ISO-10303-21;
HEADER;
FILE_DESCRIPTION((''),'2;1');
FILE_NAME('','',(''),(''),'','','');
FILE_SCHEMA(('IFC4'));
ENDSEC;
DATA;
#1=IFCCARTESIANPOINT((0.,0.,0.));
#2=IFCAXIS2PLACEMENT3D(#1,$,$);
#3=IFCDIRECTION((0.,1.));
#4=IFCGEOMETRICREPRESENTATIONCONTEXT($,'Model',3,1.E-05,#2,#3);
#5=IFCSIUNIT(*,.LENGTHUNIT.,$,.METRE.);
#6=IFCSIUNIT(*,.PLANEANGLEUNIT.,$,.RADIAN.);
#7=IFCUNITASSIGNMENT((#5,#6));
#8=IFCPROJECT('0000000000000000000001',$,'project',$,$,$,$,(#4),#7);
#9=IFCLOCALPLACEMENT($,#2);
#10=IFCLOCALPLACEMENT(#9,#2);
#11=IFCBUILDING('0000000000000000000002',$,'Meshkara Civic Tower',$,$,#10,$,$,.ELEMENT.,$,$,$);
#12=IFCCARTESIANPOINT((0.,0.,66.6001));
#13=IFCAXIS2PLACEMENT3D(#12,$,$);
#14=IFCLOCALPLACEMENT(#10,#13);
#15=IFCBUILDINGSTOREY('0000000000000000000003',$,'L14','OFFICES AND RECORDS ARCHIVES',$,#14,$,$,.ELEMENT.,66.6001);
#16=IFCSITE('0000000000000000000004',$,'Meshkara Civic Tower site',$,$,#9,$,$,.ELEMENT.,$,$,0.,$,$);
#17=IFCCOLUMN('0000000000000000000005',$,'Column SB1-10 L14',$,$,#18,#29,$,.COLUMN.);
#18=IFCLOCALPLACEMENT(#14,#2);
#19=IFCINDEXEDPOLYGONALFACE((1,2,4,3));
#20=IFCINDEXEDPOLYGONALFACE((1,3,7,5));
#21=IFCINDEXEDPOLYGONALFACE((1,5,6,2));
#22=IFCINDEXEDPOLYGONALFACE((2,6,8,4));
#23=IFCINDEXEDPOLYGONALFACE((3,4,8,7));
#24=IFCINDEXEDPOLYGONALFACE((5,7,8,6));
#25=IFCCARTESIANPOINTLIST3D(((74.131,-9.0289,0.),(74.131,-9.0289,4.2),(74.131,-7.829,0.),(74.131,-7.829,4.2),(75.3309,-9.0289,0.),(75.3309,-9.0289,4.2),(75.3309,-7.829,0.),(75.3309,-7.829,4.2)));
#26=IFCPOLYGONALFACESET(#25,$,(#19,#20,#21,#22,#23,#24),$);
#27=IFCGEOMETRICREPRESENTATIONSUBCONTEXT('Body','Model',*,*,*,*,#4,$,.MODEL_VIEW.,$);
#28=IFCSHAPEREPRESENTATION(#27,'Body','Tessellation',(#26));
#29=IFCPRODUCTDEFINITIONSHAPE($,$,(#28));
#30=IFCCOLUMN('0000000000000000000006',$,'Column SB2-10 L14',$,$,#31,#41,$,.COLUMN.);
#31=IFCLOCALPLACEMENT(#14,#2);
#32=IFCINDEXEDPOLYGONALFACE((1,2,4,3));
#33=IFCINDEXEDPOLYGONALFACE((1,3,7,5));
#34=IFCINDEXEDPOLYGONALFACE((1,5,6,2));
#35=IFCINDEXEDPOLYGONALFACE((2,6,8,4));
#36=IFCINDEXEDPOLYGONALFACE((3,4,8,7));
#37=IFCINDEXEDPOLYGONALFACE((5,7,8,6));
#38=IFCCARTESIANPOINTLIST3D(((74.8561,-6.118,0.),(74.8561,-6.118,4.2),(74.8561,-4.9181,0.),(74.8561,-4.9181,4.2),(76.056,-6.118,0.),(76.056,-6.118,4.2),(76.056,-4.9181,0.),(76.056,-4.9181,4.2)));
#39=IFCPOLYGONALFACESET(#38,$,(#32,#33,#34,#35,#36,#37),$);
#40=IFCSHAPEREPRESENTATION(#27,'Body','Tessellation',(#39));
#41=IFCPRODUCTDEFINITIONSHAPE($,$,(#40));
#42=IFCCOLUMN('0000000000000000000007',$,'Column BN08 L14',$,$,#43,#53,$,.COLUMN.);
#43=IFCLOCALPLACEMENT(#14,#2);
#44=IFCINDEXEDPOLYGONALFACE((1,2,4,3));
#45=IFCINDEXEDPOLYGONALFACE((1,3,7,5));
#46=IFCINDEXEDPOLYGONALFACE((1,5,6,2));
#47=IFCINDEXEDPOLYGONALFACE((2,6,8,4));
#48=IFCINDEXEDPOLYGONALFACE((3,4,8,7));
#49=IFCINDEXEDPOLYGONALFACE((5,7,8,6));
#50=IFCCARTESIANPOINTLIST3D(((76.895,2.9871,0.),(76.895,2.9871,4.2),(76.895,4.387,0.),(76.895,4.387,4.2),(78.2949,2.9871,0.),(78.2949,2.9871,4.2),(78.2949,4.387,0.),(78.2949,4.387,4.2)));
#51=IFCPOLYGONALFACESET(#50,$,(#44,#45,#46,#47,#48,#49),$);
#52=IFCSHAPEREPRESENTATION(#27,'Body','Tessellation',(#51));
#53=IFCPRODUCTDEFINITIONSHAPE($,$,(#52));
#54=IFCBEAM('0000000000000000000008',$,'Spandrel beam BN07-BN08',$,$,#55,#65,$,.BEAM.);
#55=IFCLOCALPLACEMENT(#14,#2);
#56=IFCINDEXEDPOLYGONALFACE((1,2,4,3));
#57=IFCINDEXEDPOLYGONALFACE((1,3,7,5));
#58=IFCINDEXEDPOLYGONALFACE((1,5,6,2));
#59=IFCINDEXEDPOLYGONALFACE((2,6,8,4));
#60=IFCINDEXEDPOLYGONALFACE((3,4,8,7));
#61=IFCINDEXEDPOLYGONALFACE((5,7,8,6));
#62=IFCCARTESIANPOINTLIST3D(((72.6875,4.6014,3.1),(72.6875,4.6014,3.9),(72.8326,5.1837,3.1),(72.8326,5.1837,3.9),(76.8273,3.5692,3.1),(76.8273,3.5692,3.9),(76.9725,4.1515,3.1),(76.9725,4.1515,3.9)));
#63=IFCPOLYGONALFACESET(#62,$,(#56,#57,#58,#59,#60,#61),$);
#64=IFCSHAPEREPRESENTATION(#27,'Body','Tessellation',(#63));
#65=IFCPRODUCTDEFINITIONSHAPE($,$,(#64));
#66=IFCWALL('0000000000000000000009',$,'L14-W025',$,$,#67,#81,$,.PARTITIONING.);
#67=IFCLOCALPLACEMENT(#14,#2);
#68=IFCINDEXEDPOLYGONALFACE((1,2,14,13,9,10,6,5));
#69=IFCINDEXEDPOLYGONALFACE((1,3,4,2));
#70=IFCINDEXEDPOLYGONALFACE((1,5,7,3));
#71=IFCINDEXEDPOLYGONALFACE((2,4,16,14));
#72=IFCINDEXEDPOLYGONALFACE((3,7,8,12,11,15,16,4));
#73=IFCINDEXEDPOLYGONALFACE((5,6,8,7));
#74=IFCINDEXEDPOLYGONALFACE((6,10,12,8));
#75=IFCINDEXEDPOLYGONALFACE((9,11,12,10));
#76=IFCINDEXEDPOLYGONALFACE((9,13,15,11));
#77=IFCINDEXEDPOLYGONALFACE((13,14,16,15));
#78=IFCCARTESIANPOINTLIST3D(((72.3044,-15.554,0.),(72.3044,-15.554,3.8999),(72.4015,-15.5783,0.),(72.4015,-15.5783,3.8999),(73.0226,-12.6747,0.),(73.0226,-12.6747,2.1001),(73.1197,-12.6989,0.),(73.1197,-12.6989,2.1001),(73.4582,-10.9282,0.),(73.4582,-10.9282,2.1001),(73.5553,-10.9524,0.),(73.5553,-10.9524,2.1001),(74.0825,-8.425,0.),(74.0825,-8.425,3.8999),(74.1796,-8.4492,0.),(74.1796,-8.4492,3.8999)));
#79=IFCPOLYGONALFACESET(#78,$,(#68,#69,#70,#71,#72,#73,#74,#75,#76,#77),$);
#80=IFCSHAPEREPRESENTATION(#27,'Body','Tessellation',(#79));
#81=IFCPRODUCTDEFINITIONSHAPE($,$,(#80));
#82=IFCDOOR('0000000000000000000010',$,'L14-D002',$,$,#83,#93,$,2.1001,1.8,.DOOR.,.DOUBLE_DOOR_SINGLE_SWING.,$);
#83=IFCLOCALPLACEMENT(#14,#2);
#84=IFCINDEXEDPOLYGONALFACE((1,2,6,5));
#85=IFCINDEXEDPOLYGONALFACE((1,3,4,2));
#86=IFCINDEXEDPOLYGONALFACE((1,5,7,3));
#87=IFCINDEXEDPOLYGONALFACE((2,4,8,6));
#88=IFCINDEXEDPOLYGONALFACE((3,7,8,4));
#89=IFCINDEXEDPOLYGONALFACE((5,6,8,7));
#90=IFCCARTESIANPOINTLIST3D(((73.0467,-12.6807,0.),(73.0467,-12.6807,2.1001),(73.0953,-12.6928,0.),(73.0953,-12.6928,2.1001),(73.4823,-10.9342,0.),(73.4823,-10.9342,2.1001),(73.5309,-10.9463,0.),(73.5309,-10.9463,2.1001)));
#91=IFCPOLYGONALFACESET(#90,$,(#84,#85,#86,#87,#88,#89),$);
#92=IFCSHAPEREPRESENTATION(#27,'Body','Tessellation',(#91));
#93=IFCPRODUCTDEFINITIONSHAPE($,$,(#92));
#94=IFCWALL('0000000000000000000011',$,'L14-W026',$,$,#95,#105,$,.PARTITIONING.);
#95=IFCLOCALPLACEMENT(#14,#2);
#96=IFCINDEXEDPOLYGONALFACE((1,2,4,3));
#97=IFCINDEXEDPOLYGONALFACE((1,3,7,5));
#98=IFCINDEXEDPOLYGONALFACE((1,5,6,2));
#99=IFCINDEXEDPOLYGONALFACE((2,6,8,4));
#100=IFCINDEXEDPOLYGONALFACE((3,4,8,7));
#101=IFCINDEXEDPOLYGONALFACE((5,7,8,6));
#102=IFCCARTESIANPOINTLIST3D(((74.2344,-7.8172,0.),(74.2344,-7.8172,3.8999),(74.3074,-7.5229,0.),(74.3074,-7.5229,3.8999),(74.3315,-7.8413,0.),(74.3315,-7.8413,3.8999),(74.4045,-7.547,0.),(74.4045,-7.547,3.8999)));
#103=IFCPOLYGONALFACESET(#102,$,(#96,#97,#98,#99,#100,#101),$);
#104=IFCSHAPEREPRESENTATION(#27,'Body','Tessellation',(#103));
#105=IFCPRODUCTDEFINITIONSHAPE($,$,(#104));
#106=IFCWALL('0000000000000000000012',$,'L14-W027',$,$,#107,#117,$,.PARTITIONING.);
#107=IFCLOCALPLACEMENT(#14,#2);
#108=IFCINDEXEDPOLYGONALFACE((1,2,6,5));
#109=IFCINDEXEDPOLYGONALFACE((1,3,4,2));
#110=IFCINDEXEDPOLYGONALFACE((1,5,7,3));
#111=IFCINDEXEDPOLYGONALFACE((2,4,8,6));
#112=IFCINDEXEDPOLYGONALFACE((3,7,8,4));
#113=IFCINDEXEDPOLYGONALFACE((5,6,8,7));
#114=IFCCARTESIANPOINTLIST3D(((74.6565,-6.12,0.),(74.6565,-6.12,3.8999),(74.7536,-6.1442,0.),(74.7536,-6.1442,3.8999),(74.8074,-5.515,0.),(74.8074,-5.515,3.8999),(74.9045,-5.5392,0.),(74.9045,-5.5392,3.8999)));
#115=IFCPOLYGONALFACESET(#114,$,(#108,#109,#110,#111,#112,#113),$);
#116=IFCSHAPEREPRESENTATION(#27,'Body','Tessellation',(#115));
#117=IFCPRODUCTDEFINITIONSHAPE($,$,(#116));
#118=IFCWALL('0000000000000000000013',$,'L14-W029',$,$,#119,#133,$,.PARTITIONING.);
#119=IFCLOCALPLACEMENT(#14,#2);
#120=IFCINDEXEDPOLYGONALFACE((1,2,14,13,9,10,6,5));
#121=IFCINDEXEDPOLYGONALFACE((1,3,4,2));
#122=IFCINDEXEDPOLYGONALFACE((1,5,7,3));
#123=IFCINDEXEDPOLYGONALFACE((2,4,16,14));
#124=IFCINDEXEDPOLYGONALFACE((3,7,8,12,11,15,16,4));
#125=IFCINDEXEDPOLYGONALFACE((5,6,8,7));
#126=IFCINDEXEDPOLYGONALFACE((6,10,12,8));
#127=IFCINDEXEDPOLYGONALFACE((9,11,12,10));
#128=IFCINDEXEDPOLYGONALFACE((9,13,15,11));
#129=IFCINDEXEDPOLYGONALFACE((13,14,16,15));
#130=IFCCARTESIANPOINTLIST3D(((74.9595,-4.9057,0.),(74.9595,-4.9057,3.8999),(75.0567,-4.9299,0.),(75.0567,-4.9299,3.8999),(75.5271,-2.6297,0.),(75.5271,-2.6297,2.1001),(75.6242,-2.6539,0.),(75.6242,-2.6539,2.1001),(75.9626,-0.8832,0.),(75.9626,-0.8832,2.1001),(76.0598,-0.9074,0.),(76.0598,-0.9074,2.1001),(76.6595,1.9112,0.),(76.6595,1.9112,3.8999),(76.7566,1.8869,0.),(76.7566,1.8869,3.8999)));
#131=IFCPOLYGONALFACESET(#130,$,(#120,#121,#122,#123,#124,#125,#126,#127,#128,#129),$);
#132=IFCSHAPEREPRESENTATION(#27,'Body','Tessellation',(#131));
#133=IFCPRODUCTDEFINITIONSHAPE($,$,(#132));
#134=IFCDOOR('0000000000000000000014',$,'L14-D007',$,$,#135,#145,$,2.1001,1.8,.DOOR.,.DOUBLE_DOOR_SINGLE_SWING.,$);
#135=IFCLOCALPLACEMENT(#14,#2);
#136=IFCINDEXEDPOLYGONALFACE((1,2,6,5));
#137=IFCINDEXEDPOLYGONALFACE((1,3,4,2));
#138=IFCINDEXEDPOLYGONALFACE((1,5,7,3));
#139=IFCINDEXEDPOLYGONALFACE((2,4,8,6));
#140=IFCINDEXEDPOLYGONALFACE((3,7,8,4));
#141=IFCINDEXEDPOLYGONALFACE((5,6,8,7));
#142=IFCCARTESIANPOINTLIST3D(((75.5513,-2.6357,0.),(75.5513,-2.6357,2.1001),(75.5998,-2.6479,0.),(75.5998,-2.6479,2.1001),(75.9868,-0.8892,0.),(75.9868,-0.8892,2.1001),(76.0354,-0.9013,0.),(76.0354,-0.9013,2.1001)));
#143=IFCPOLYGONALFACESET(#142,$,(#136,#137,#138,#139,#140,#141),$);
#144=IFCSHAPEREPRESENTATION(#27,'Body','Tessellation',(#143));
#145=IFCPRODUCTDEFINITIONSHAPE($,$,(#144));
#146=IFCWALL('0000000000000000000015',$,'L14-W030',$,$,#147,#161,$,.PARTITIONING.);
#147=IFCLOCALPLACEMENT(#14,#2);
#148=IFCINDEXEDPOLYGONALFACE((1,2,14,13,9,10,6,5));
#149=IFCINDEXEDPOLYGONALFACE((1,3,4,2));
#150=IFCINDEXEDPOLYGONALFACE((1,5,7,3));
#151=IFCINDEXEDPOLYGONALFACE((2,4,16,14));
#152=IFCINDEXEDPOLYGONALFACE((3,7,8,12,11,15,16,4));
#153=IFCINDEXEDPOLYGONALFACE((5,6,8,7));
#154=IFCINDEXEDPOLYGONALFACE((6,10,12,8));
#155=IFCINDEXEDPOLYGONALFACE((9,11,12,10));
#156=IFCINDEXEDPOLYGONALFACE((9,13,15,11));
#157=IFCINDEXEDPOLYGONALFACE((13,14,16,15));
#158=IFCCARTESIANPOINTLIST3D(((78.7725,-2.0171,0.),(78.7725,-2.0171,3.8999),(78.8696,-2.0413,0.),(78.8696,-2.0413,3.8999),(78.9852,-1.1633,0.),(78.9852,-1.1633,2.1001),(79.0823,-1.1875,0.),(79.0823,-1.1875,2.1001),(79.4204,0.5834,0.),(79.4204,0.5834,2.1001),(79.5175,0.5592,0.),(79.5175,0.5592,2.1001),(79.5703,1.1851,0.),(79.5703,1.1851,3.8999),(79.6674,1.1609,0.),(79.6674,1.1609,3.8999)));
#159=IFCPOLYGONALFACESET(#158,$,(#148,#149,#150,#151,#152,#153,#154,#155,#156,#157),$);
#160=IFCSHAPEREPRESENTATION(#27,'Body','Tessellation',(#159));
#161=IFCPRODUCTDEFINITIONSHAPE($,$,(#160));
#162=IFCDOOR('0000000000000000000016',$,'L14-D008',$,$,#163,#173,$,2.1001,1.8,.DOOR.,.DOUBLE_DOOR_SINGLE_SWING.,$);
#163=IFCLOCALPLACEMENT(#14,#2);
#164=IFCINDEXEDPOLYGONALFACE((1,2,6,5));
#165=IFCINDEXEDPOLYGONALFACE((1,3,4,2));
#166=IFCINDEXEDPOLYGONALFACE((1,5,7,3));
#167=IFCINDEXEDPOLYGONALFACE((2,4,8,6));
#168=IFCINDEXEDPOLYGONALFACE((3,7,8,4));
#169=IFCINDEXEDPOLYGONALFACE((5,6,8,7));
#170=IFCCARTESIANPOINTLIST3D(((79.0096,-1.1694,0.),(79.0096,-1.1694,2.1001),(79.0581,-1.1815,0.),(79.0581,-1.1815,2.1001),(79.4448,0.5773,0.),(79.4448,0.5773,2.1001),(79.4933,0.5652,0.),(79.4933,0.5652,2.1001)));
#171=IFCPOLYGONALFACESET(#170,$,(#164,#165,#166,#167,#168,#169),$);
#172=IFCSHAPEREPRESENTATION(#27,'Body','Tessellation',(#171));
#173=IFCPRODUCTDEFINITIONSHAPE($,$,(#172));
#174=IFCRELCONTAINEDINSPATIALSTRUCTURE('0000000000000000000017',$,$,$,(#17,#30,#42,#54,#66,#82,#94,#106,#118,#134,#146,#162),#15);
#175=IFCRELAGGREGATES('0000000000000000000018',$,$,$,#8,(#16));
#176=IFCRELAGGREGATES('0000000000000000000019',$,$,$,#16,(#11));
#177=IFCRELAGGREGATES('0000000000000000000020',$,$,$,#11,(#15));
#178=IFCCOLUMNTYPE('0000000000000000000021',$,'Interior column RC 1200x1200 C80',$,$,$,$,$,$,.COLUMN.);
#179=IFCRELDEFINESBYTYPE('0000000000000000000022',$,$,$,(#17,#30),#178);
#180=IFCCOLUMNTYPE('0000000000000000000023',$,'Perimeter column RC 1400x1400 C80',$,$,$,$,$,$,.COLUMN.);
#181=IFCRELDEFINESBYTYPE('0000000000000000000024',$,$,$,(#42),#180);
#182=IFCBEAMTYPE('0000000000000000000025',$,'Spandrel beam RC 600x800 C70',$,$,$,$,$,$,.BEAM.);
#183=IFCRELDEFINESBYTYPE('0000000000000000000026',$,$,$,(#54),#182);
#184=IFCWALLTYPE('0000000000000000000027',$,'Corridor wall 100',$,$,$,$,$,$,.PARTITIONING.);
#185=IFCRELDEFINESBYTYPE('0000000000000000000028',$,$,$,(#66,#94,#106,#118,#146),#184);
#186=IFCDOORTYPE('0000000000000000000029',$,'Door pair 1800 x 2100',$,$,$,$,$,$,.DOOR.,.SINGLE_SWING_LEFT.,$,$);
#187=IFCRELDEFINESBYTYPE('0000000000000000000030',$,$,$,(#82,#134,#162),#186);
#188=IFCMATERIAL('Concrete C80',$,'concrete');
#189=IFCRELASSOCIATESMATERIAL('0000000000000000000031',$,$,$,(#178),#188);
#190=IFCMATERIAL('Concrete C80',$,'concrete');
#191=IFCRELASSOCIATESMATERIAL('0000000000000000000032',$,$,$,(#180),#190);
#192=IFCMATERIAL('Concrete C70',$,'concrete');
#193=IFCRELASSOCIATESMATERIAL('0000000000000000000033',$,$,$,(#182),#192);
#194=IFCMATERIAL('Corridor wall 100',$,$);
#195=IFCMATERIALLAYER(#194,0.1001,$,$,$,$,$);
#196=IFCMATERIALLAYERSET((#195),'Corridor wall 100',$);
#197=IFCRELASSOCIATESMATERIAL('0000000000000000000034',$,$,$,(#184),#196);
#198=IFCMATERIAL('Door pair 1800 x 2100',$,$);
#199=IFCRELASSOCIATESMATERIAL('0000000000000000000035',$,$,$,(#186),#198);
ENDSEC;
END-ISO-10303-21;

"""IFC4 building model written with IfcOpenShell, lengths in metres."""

from ifc_helpers import new_model, si_unit, direction, frame, frame_2d, origin, origin_2d, place, context, subcontext, project, spatial, rectangle, extrude, material, layer, layer_set, material_profile, profile_set, type_object, element, fill, save


model = new_model("IFC4")

# Units and contexts
model_context = context("Model", 3, precision=1e-05, world=origin(), true_north=direction((0.0, 1.0)))
body_context = subcontext(model_context, "Body", "Model", "MODEL_VIEW")
ifc_project = project(units=[si_unit("LENGTHUNIT", "METRE"), si_unit("PLANEANGLEUNIT", "RADIAN")], contexts=[model_context])

# Site, building, storey
site_placement = place(None, origin())
site = spatial("IfcSite", under=ifc_project, at=site_placement, Name="Meshkara Civic Tower site", CompositionType="ELEMENT", RefElevation=0.0)
building_placement = place(site_placement, origin())
building = spatial("IfcBuilding", under=site, at=building_placement, Name="Meshkara Civic Tower", CompositionType="ELEMENT")
storey_placement = place(building_placement, frame((0.0, 0.0, 66.6001)))
storey = spatial("IfcBuildingStorey", under=building, at=storey_placement, Name="L14", Description="OFFICES AND RECORDS ARCHIVES", CompositionType="ELEMENT", Elevation=66.6001)

# Columns
ifc_material_1 = material(Name="Concrete C80", Category="concrete")
ifc_material_profile_1 = material_profile(ifc_material_1, rectangle(XDim=1.2, YDim=1.2, at=origin_2d()))
ifc_profile_set_1 = profile_set([ifc_material_profile_1], Name="Concrete C80")
column_type_1 = type_object("IfcColumnType", Name="Interior column RC 1200x1200 C80", PredefinedType="COLUMN", material=ifc_profile_set_1)
for number, where, z_axis, x_axis, name in (
    (1, (74.731, -8.429, 0.0), (0.0, 0.0, 1.0), (1.0, 0.0, 0.0), "Column SB1-10 L14"),
    (2, (75.4561, -5.5181, 0.0), (0.0, 0.0, 1.0), (1.0, 0.0, 0.0), "Column SB2-10 L14"),
):
    element("IfcColumn", number, at=place(storey_placement, frame(where, z_axis=z_axis, x_axis=x_axis)), inside=storey, type_object=column_type_1, Name=name, PredefinedType="COLUMN", context=body_context, shape_type="SweptSolid", body=[
        extrude(rectangle(XDim=1.2, YDim=1.2, at=origin_2d()), origin(), (0.0, 0.0, 1.0), 4.2),
    ])
ifc_material_2 = material(Name="Concrete C80", Category="concrete")
ifc_material_profile_2 = material_profile(ifc_material_2, rectangle(XDim=1.3999, YDim=1.3999, at=origin_2d()))
ifc_profile_set_2 = profile_set([ifc_material_profile_2], Name="Concrete C80")
column_type_2 = type_object("IfcColumnType", Name="Perimeter column RC 1400x1400 C80", PredefinedType="COLUMN", material=ifc_profile_set_2)
column_placement = place(storey_placement, frame((77.595, 3.687, 0.0), z_axis=(0.0, 0.0, 1.0), x_axis=(1.0, 0.0, 0.0)))
element("IfcColumn", 3, at=column_placement, inside=storey, type_object=column_type_2, Name="Column BN08 L14", PredefinedType="COLUMN", context=body_context, shape_type="SweptSolid", body=[
    extrude(rectangle(XDim=1.3999, YDim=1.3999, at=origin_2d()), origin(), (0.0, 0.0, 1.0), 4.2),
])

# Beam
ifc_material_3 = material(Name="Concrete C70", Category="concrete")
ifc_material_profile_3 = material_profile(ifc_material_3, rectangle(XDim=0.6001, YDim=0.8, at=origin_2d()))
ifc_profile_set_3 = profile_set([ifc_material_profile_3], Name="Concrete C70")
beam_type = type_object("IfcBeamType", Name="Spandrel beam RC 600x800 C70", PredefinedType="BEAM", material=ifc_profile_set_3)
beam_placement = place(storey_placement, frame((76.8999, 3.8604, 3.5), z_axis=(-0.970294, 0.24193, 0.0), x_axis=(-0.24193, -0.970294, 0.0)))
element("IfcBeam", 4, at=beam_placement, inside=storey, type_object=beam_type, Name="Spandrel beam BN07-BN08", PredefinedType="BEAM", context=body_context, shape_type="SweptSolid", body=[
    extrude(rectangle(XDim=0.6001, YDim=0.8, at=origin_2d()), origin(), (0.0, 0.0, 1.0), 4.2666),
])

# Wall, opening, door
ifc_material_4 = material(Name="Corridor wall 100")
ifc_layer_1 = layer(ifc_material_4, 0.1001)
ifc_layer_set_1 = layer_set([ifc_layer_1], Name="Corridor wall 100")
wall_type_1 = type_object("IfcWallType", Name="Corridor wall 100", PredefinedType="PARTITIONING", material=ifc_layer_set_1)
wall_1_placement = place(storey_placement, frame((74.1311, -8.437, 0.0), z_axis=(0.0, 0.0, 1.0), x_axis=(-0.242004, -0.970275, 0.0)))
wall_1 = element("IfcWall", 5, at=wall_1_placement, inside=storey, type_object=wall_type_1, Name="L14-W025", PredefinedType="PARTITIONING", context=body_context, shape_type="SweptSolid", body=[
    extrude(rectangle(XDim=7.3474, YDim=0.1001, at=frame_2d((3.6738, 0.0))), origin(), (0.0, 0.0, 1.0), 3.8999),
])
opening_1_placement = place(wall_1_placement, frame((2.5801, 0.0, 0.0)))
opening_1 = element("IfcOpeningElement", 6, at=opening_1_placement, cuts=wall_1, PredefinedType="OPENING", context=body_context, shape_type="SweptSolid", body=[
    extrude(rectangle(XDim=1.8, YDim=2.1001, at=frame_2d((0.8999, 1.05))), frame((0.0, 0.0601, 0.0), z_axis=(0.0, -1.0, 0.0), x_axis=(1.0, 0.0, 0.0)), (0.0, 0.0, 1.0), 0.1201),
])
ifc_material_5 = material(Name="Door pair 1800 x 2100")
door_type = type_object("IfcDoorType", Name="Door pair 1800 x 2100", OperationType="SINGLE_SWING_LEFT", PredefinedType="DOOR", material=ifc_material_5)
door_1_placement = place(opening_1_placement, origin())
door_1 = element("IfcDoor", 7, at=door_1_placement, inside=storey, type_object=door_type, Name="L14-D002", OperationType="DOUBLE_DOOR_SINGLE_SWING", OverallHeight=2.1001, OverallWidth=1.8, PredefinedType="DOOR", context=body_context, shape_type="SweptSolid", body=[
    extrude(rectangle(XDim=1.8, YDim=2.1001, at=frame_2d((0.8999, 1.05))), frame((0.0, 0.0249, 0.0), z_axis=(0.0, -1.0, 0.0), x_axis=(1.0, 0.0, 0.0)), (0.0, 0.0, 1.0), 0.05),
])
fill(opening_1, door_1)

# Walls
wall_2_placement = place(storey_placement, frame((74.356, -7.5349, 0.0), z_axis=(0.0, 0.0, 1.0), x_axis=(-0.24083, -0.970567, 0.0)))
element("IfcWall", 8, at=wall_2_placement, inside=storey, type_object=wall_type_1, Name="L14-W026", PredefinedType="PARTITIONING", context=body_context, shape_type="SweptSolid", body=[
    extrude(rectangle(XDim=0.3032, YDim=0.1001, at=frame_2d((0.1516, 0.0))), origin(), (0.0, 0.0, 1.0), 3.8999),
])
wall_3_placement = place(storey_placement, frame((74.856, -5.5271, 0.0), z_axis=(0.0, 0.0, 1.0), x_axis=(-0.241983, -0.970281, 0.0)))
element("IfcWall", 9, at=wall_3_placement, inside=storey, type_object=wall_type_1, Name="L14-W027", PredefinedType="PARTITIONING", context=body_context, shape_type="SweptSolid", body=[
    extrude(rectangle(XDim=0.6235, YDim=0.1001, at=frame_2d((0.3118, 0.0))), origin(), (0.0, 0.0, 1.0), 3.8999),
])

# Walls, openings, doors
wall_4_placement = place(storey_placement, frame((76.708, 1.8989, 0.0), z_axis=(0.0, 0.0, 1.0), x_axis=(-0.241963, -0.970285, 0.0)))
wall_4 = element("IfcWall", 10, at=wall_4_placement, inside=storey, type_object=wall_type_1, Name="L14-W029", PredefinedType="PARTITIONING", context=body_context, shape_type="SweptSolid", body=[
    extrude(rectangle(XDim=7.0256, YDim=0.1001, at=frame_2d((3.5127, 0.0))), origin(), (0.0, 0.0, 1.0), 3.8999),
])
opening_2_placement = place(wall_4_placement, frame((2.8799, 0.0, 0.0)))
opening_2 = element("IfcOpeningElement", 11, at=opening_2_placement, cuts=wall_4, PredefinedType="OPENING", context=body_context, shape_type="SweptSolid", body=[
    extrude(rectangle(XDim=1.8, YDim=2.1001, at=frame_2d((0.8999, 1.05))), frame((0.0, 0.0601, 0.0), z_axis=(0.0, -1.0, 0.0), x_axis=(1.0, 0.0, 0.0)), (0.0, 0.0, 1.0), 0.1201),
])
door_2_placement = place(opening_2_placement, origin())
door_2 = element("IfcDoor", 12, at=door_2_placement, inside=storey, type_object=door_type, Name="L14-D007", OperationType="DOUBLE_DOOR_SINGLE_SWING", OverallHeight=2.1001, OverallWidth=1.8, PredefinedType="DOOR", context=body_context, shape_type="SweptSolid", body=[
    extrude(rectangle(XDim=1.8, YDim=2.1001, at=frame_2d((0.8999, 1.05))), frame((0.0, 0.0249, 0.0), z_axis=(0.0, -1.0, 0.0), x_axis=(1.0, 0.0, 0.0)), (0.0, 0.0, 1.0), 0.05),
])
fill(opening_2, door_2)
wall_5_placement = place(storey_placement, frame((78.821, -2.0291, 0.0), z_axis=(0.0, 0.0, 1.0), x_axis=(0.24177, 0.970334, 0.0)))
wall_5 = element("IfcWall", 13, at=wall_5_placement, inside=storey, type_object=wall_type_1, Name="L14-W030", PredefinedType="PARTITIONING", context=body_context, shape_type="SweptSolid", body=[
    extrude(rectangle(XDim=3.3, YDim=0.1001, at=frame_2d((1.6499, 0.0))), origin(), (0.0, 0.0, 1.0), 3.8999),
])
opening_3_placement = place(wall_5_placement, frame((0.8799, 0.0, 0.0)))
opening_3 = element("IfcOpeningElement", 14, at=opening_3_placement, cuts=wall_5, PredefinedType="OPENING", context=body_context, shape_type="SweptSolid", body=[
    extrude(rectangle(XDim=1.8, YDim=2.1001, at=frame_2d((0.8999, 1.05))), frame((0.0, 0.0601, 0.0), z_axis=(0.0, -1.0, 0.0), x_axis=(1.0, 0.0, 0.0)), (0.0, 0.0, 1.0), 0.1201),
])
door_3_placement = place(opening_3_placement, origin())
door_3 = element("IfcDoor", 15, at=door_3_placement, inside=storey, type_object=door_type, Name="L14-D008", OperationType="DOUBLE_DOOR_SINGLE_SWING", OverallHeight=2.1001, OverallWidth=1.8, PredefinedType="DOOR", context=body_context, shape_type="SweptSolid", body=[
    extrude(rectangle(XDim=1.8, YDim=2.1001, at=frame_2d((0.8999, 1.05))), frame((0.0, 0.0249, 0.0), z_axis=(0.0, -1.0, 0.0), x_axis=(1.0, 0.0, 0.0)), (0.0, 0.0, 1.0), 0.05),
])
fill(opening_3, door_3)

save(model, "model.ifc")
